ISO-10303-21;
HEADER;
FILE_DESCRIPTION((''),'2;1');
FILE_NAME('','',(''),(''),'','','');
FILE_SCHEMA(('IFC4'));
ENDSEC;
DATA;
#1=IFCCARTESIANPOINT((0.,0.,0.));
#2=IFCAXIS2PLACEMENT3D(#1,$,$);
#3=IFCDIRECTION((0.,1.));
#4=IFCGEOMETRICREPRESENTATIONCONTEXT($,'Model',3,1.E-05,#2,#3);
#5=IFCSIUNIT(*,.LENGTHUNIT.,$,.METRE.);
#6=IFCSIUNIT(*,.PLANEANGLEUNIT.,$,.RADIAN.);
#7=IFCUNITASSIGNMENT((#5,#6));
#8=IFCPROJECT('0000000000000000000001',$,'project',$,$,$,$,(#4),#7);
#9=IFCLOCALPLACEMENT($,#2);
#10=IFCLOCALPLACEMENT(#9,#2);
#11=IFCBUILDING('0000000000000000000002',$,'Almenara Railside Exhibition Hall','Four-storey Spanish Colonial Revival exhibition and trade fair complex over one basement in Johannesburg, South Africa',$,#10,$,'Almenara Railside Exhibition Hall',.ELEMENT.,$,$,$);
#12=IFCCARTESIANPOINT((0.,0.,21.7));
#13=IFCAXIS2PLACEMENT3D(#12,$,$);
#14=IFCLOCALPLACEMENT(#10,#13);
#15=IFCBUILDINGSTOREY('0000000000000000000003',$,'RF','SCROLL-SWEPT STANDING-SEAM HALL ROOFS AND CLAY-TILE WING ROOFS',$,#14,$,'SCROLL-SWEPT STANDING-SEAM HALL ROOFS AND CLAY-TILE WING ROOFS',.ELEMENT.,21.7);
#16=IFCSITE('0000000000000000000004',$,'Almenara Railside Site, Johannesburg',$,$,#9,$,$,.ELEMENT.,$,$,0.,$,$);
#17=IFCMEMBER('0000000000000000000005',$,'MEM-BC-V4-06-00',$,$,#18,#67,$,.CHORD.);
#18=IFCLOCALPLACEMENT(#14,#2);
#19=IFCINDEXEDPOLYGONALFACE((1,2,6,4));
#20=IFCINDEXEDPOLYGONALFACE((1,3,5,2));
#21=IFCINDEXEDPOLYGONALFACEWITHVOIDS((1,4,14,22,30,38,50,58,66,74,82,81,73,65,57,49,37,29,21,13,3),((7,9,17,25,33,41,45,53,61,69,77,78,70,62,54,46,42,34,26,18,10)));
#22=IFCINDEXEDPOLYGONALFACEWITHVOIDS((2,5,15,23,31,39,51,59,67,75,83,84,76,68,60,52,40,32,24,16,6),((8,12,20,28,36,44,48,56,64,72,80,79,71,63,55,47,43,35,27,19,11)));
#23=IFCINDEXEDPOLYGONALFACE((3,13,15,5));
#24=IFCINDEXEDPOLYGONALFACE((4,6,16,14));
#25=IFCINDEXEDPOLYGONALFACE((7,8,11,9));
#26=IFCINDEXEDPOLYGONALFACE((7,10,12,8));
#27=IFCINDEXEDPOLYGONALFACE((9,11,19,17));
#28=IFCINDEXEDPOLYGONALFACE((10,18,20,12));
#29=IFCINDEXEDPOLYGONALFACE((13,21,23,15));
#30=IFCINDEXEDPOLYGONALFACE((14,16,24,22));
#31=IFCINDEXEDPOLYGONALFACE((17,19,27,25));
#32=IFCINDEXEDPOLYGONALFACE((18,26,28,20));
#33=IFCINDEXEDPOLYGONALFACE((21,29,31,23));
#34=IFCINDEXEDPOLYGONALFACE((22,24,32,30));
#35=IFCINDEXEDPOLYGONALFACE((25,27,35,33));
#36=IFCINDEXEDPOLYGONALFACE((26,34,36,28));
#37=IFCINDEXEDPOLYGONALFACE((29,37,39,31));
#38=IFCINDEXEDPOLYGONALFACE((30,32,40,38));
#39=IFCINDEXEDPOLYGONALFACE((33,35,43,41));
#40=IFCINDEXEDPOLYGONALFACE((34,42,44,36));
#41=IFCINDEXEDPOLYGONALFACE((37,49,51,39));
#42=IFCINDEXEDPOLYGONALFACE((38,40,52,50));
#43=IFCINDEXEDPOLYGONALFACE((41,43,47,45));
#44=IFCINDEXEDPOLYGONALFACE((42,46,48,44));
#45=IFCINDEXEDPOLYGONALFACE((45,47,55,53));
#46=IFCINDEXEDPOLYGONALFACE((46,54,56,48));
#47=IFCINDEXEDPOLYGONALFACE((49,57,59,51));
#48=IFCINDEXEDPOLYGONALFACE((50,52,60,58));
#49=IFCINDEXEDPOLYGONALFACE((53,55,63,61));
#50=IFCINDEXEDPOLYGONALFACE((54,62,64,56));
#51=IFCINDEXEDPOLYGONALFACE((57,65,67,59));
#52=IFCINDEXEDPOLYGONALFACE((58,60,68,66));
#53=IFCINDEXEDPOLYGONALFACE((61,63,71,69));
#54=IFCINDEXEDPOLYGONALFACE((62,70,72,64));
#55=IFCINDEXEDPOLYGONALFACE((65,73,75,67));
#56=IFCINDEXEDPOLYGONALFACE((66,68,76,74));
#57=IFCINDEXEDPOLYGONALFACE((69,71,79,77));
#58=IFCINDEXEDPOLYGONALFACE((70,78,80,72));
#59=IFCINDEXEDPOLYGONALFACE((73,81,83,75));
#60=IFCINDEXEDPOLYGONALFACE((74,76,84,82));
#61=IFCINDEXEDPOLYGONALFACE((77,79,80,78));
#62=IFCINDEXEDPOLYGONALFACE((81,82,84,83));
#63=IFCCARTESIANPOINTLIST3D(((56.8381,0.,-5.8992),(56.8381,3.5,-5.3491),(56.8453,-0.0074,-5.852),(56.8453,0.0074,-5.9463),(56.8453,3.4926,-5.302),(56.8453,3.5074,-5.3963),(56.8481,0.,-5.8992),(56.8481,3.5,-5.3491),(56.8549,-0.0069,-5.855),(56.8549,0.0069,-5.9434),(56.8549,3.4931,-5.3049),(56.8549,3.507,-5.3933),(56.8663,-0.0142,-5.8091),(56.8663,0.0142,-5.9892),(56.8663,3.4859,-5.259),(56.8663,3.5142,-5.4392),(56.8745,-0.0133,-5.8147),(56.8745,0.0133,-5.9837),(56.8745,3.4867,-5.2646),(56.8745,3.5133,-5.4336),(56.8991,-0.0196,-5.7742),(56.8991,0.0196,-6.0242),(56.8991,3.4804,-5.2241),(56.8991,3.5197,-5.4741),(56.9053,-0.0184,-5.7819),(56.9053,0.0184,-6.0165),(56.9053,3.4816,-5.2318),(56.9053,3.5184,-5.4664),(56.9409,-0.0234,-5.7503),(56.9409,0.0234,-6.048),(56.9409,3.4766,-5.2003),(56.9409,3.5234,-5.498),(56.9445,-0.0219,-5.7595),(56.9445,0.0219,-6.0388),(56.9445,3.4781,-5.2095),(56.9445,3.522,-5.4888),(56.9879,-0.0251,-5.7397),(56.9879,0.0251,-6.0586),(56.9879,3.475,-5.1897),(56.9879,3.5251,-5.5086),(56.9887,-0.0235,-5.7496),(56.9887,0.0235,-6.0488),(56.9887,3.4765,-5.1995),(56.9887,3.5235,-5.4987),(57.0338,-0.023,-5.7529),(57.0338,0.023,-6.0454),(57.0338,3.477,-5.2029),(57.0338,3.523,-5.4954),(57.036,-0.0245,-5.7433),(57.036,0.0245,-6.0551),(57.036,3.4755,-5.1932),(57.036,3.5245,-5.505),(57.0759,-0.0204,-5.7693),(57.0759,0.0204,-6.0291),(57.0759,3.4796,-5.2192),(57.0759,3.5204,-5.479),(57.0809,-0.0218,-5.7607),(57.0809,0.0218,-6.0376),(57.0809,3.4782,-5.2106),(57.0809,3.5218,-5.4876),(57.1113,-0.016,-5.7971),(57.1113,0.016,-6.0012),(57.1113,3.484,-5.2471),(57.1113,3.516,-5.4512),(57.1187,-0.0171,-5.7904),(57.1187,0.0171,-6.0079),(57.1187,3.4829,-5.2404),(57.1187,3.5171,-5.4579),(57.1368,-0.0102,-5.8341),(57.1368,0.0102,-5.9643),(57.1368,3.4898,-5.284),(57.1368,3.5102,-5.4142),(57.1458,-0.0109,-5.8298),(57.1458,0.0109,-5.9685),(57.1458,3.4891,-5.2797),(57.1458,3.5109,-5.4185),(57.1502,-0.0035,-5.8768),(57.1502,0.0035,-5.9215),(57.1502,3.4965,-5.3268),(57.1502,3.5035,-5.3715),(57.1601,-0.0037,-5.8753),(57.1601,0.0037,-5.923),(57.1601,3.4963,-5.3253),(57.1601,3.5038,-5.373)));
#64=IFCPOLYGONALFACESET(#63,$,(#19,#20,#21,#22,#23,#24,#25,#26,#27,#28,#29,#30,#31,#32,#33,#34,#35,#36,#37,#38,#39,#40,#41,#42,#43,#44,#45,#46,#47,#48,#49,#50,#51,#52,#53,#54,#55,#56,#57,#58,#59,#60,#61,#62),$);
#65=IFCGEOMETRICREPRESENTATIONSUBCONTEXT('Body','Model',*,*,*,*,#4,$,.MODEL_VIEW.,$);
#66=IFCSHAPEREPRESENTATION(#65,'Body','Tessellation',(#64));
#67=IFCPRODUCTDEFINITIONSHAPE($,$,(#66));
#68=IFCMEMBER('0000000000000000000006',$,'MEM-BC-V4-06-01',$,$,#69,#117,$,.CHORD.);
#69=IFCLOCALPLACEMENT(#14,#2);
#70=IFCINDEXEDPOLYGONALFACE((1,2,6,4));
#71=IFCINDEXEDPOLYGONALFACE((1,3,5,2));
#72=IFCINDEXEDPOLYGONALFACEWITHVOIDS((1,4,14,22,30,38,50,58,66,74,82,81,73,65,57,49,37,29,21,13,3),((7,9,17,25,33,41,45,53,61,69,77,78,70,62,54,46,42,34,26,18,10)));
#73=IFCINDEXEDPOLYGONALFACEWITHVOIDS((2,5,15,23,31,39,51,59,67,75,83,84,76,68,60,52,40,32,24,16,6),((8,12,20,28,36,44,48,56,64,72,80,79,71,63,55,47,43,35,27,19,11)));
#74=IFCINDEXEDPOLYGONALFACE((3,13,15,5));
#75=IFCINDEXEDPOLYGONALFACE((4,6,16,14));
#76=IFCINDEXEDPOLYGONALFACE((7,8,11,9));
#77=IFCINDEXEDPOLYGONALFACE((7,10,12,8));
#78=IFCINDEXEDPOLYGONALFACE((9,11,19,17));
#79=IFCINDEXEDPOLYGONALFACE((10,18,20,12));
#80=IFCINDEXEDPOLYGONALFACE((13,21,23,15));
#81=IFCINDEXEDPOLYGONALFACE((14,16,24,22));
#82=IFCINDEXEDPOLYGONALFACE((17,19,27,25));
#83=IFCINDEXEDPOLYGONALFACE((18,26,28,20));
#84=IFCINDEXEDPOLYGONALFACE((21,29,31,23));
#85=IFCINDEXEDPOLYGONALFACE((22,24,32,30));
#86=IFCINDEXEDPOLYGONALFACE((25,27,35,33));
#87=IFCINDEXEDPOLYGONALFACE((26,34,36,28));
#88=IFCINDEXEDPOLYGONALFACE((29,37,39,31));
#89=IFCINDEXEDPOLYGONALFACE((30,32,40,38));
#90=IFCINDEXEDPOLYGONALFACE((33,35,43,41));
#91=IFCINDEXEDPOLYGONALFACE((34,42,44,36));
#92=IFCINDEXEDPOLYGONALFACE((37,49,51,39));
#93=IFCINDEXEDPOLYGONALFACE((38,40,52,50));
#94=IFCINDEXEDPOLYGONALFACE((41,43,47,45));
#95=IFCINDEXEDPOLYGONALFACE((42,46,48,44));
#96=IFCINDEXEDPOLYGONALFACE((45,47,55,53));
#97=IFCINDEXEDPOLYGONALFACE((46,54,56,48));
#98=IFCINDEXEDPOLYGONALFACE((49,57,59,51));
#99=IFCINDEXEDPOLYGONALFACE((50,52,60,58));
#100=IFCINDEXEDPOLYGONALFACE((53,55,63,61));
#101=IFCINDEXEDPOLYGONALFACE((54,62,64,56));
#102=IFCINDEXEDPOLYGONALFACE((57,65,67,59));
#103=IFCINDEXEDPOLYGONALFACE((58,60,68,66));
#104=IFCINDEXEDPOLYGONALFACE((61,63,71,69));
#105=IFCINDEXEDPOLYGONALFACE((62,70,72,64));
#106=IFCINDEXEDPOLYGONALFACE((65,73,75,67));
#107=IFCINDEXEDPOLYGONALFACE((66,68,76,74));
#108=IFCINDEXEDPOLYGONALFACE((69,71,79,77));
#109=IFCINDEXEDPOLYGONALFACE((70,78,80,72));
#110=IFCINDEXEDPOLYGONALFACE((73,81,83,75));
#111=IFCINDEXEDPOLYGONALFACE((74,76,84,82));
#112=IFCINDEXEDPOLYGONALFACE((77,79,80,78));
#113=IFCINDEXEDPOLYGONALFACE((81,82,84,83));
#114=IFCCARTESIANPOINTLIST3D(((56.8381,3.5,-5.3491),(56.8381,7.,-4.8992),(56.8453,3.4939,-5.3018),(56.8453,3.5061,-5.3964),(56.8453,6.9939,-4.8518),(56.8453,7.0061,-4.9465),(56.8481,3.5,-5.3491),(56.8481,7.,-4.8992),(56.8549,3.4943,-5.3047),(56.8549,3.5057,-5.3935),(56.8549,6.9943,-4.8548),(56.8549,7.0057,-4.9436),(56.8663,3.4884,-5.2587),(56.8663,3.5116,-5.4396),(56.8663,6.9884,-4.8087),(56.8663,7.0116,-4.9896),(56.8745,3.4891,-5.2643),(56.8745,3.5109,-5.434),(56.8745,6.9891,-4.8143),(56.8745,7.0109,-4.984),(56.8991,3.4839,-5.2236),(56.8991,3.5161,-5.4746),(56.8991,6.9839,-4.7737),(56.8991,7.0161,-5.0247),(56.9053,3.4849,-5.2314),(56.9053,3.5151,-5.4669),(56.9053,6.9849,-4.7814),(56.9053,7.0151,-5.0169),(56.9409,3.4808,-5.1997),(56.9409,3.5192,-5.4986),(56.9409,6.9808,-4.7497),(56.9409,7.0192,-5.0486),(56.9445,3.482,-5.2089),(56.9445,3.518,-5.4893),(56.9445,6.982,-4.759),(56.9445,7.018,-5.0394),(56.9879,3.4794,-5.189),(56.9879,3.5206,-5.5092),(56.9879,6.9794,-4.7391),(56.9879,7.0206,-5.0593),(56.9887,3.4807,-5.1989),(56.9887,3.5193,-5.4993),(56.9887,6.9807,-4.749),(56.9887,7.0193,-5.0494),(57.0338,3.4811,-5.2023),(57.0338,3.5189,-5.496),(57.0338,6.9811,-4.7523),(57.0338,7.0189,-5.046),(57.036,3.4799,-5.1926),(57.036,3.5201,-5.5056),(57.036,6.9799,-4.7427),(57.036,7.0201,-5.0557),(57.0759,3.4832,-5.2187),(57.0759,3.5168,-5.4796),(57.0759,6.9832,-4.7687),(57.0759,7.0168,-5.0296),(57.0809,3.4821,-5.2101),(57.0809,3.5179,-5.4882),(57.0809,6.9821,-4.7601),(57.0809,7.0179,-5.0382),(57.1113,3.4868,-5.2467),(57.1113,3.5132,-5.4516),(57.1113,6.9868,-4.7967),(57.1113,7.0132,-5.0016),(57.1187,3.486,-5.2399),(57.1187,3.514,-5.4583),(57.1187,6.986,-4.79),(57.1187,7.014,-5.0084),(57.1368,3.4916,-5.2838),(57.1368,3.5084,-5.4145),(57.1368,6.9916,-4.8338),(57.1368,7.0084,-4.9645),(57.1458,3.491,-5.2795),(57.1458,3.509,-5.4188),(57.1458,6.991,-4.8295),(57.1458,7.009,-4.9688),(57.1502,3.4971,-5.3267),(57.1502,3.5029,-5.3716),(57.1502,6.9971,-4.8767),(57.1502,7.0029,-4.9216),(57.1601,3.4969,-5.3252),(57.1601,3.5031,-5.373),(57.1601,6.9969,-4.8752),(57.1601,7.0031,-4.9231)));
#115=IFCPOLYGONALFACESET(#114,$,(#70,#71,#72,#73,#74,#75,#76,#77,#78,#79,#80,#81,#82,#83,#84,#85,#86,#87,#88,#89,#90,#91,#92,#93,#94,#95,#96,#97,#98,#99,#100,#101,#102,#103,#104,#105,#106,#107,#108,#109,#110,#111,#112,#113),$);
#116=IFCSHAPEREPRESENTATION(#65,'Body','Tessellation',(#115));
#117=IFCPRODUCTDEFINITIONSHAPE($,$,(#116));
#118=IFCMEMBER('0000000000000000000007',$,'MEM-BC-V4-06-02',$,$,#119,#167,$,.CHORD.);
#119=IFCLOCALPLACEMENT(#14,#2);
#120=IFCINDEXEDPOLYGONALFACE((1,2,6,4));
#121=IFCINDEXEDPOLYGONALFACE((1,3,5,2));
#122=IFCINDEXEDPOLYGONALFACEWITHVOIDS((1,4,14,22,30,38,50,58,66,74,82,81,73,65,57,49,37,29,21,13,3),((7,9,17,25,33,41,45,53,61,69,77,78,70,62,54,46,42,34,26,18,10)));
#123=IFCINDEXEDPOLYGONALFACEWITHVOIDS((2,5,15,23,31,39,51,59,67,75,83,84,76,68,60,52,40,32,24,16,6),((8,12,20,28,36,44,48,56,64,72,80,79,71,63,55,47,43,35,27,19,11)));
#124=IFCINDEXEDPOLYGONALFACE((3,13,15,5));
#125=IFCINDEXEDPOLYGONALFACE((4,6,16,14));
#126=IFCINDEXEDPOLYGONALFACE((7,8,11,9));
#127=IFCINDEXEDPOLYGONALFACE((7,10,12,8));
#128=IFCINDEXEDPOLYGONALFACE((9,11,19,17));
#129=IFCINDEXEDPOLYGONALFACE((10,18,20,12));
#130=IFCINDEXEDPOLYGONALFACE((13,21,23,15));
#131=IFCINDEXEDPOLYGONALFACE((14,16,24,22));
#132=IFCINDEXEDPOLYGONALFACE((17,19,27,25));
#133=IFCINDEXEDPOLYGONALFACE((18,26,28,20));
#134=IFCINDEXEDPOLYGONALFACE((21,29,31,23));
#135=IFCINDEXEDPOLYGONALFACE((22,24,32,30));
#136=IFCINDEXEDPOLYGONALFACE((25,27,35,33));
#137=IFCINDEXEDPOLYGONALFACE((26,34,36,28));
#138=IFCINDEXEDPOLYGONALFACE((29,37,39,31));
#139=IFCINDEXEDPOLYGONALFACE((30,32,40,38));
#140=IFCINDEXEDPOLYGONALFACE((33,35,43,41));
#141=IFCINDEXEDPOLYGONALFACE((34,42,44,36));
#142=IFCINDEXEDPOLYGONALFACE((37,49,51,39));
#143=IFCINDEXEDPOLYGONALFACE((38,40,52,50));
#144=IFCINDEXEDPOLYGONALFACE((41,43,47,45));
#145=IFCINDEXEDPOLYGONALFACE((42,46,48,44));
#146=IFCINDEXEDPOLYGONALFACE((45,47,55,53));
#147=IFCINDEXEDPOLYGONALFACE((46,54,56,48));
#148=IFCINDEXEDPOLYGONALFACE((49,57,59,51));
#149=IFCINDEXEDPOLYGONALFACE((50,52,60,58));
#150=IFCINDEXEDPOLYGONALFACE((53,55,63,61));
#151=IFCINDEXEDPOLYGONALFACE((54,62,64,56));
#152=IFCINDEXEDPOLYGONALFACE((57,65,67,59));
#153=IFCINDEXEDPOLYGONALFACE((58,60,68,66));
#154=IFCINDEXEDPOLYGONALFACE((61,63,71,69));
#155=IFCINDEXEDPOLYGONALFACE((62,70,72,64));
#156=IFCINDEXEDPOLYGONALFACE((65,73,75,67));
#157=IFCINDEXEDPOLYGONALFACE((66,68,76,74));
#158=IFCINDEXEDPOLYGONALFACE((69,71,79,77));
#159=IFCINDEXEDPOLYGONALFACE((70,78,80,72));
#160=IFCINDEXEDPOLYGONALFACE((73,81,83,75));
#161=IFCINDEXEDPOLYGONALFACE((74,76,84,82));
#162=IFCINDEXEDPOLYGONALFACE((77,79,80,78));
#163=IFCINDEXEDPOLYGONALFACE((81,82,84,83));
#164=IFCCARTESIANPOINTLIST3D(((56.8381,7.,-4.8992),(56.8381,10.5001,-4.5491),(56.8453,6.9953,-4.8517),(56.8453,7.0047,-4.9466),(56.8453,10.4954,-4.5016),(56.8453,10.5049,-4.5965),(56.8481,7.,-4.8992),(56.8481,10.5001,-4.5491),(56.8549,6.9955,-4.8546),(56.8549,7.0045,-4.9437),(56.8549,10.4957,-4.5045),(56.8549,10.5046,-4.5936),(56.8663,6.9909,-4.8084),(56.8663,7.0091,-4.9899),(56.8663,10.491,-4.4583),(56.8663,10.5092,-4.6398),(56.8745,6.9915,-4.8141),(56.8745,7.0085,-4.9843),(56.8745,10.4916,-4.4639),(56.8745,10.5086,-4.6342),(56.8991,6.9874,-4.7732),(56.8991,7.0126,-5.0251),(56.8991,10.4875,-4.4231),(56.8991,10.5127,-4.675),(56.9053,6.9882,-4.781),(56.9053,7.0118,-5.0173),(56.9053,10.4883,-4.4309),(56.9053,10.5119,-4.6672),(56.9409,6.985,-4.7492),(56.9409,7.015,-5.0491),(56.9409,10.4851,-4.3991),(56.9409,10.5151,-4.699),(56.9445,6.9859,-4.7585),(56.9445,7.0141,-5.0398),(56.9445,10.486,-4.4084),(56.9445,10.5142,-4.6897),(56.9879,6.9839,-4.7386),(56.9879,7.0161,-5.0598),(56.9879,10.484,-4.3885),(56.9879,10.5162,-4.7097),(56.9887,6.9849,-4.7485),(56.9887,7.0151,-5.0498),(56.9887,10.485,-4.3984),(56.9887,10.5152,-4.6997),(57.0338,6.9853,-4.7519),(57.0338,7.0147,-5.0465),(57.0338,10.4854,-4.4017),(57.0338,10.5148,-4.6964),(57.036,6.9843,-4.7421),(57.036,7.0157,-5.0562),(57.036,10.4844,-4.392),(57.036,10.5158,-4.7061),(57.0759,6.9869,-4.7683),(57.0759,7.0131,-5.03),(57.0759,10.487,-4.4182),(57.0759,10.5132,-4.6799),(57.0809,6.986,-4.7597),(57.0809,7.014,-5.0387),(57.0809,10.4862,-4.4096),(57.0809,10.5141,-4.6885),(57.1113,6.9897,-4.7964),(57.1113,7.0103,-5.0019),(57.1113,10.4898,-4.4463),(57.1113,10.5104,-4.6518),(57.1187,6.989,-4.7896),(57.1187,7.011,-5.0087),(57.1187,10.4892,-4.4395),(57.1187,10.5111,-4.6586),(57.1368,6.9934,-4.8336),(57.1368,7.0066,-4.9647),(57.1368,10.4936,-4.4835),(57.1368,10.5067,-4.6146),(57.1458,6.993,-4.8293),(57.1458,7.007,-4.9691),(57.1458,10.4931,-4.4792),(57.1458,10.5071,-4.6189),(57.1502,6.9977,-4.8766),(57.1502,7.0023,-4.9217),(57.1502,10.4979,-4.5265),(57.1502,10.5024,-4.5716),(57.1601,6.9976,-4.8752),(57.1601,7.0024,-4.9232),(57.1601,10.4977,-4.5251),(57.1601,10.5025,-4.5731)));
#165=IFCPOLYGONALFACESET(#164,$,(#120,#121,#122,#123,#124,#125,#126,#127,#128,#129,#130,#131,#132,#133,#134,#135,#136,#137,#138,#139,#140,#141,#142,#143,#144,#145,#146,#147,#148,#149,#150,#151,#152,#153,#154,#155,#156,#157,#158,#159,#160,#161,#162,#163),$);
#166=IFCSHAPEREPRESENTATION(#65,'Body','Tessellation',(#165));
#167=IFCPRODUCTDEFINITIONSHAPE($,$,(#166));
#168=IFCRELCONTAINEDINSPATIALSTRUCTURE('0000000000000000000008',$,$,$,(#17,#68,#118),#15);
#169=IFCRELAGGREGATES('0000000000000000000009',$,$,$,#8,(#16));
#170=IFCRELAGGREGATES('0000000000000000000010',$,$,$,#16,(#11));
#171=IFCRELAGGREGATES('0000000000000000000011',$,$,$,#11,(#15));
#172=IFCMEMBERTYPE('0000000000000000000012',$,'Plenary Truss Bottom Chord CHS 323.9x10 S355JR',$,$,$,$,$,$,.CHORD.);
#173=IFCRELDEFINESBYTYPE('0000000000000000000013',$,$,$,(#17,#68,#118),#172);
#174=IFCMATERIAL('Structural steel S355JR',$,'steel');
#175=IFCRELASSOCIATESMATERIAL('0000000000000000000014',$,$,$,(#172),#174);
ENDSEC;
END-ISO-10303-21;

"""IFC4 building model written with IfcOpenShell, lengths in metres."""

from ifc_helpers import new_model, si_unit, direction, frame, origin, origin_2d, place, context, subcontext, project, spatial, hollow_circle, extrude, material, material_profile, profile_set, type_object, element, save


model = new_model("IFC4")

# Units and contexts
model_context = context("Model", 3, precision=1e-05, world=origin(), true_north=direction((0.0, 1.0)))
body_context = subcontext(model_context, "Body", "Model", "MODEL_VIEW")
ifc_project = project(units=[si_unit("LENGTHUNIT", "METRE"), si_unit("PLANEANGLEUNIT", "RADIAN")], contexts=[model_context])

# Site, building, storey
site_placement = place(None, origin())
site = spatial("IfcSite", under=ifc_project, at=site_placement, Name="Almenara Railside Site, Johannesburg", CompositionType="ELEMENT", RefElevation=0.0)
building_placement = place(site_placement, origin())
building = spatial("IfcBuilding", under=site, at=building_placement, Name="Almenara Railside Exhibition Hall", Description="Four-storey Spanish Colonial Revival exhibition and trade fair complex over one basement in Johannesburg, South Africa", LongName="Almenara Railside Exhibition Hall", CompositionType="ELEMENT")
storey_placement = place(building_placement, frame((0.0, 0.0, 21.7)))
storey = spatial("IfcBuildingStorey", under=building, at=storey_placement, Name="RF", Description="SCROLL-SWEPT STANDING-SEAM HALL ROOFS AND CLAY-TILE WING ROOFS", LongName="SCROLL-SWEPT STANDING-SEAM HALL ROOFS AND CLAY-TILE WING ROOFS", CompositionType="ELEMENT", Elevation=21.7)

# Shared definitions
ifc_material = material(Name="Structural steel S355JR", Category="steel")

# Members
ifc_material_profile_1 = material_profile(ifc_material, hollow_circle(Radius=0.1619, WallThickness=0.01, at=origin_2d()), Name="CHS 323.9x10")
ifc_profile_set_1 = profile_set([ifc_material_profile_1], Name="Structural steel S355JR")
member_type_1 = type_object("IfcMemberType", Name="Plenary Truss Bottom Chord CHS 323.9x10 S355JR", PredefinedType="CHORD", material=ifc_profile_set_1)
member_1_placement = place(storey_placement, frame((57.0, 0.0, -5.8992), z_axis=(0.0, 0.987875, 0.155251), x_axis=(-1.0, 0.0, 0.0)))
element("IfcMember", 1, at=member_1_placement, inside=storey, type_object=member_type_1, Name="MEM-BC-V4-06-00", PredefinedType="CHORD", context=body_context, shape_type="SweptSolid", body=[
    extrude(hollow_circle(Radius=0.1619, WallThickness=0.01, at=origin_2d()), origin(), (0.0, 0.0, 1.0), 3.543),
])
member_2_placement = place(storey_placement, frame((57.0, 3.5, -5.3491), z_axis=(0.0, 0.991838, 0.127508), x_axis=(-1.0, 0.0, 0.0)))
element("IfcMember", 2, at=member_2_placement, inside=storey, type_object=member_type_1, Name="MEM-BC-V4-06-01", PredefinedType="CHORD", context=body_context, shape_type="SweptSolid", body=[
    extrude(hollow_circle(Radius=0.1619, WallThickness=0.01, at=origin_2d()), origin(), (0.0, 0.0, 1.0), 3.5288),
])
member_3_placement = place(storey_placement, frame((57.0, 7.0, -4.8992), z_axis=(0.0, 0.995034, 0.099531), x_axis=(-1.0, 0.0, 0.0)))
element("IfcMember", 3, at=member_3_placement, inside=storey, type_object=member_type_1, Name="MEM-BC-V4-06-02", PredefinedType="CHORD", context=body_context, shape_type="SweptSolid", body=[
    extrude(hollow_circle(Radius=0.1619, WallThickness=0.01, at=origin_2d()), origin(), (0.0, 0.0, 1.0), 3.5176),
])

save(model, "model.ifc")
